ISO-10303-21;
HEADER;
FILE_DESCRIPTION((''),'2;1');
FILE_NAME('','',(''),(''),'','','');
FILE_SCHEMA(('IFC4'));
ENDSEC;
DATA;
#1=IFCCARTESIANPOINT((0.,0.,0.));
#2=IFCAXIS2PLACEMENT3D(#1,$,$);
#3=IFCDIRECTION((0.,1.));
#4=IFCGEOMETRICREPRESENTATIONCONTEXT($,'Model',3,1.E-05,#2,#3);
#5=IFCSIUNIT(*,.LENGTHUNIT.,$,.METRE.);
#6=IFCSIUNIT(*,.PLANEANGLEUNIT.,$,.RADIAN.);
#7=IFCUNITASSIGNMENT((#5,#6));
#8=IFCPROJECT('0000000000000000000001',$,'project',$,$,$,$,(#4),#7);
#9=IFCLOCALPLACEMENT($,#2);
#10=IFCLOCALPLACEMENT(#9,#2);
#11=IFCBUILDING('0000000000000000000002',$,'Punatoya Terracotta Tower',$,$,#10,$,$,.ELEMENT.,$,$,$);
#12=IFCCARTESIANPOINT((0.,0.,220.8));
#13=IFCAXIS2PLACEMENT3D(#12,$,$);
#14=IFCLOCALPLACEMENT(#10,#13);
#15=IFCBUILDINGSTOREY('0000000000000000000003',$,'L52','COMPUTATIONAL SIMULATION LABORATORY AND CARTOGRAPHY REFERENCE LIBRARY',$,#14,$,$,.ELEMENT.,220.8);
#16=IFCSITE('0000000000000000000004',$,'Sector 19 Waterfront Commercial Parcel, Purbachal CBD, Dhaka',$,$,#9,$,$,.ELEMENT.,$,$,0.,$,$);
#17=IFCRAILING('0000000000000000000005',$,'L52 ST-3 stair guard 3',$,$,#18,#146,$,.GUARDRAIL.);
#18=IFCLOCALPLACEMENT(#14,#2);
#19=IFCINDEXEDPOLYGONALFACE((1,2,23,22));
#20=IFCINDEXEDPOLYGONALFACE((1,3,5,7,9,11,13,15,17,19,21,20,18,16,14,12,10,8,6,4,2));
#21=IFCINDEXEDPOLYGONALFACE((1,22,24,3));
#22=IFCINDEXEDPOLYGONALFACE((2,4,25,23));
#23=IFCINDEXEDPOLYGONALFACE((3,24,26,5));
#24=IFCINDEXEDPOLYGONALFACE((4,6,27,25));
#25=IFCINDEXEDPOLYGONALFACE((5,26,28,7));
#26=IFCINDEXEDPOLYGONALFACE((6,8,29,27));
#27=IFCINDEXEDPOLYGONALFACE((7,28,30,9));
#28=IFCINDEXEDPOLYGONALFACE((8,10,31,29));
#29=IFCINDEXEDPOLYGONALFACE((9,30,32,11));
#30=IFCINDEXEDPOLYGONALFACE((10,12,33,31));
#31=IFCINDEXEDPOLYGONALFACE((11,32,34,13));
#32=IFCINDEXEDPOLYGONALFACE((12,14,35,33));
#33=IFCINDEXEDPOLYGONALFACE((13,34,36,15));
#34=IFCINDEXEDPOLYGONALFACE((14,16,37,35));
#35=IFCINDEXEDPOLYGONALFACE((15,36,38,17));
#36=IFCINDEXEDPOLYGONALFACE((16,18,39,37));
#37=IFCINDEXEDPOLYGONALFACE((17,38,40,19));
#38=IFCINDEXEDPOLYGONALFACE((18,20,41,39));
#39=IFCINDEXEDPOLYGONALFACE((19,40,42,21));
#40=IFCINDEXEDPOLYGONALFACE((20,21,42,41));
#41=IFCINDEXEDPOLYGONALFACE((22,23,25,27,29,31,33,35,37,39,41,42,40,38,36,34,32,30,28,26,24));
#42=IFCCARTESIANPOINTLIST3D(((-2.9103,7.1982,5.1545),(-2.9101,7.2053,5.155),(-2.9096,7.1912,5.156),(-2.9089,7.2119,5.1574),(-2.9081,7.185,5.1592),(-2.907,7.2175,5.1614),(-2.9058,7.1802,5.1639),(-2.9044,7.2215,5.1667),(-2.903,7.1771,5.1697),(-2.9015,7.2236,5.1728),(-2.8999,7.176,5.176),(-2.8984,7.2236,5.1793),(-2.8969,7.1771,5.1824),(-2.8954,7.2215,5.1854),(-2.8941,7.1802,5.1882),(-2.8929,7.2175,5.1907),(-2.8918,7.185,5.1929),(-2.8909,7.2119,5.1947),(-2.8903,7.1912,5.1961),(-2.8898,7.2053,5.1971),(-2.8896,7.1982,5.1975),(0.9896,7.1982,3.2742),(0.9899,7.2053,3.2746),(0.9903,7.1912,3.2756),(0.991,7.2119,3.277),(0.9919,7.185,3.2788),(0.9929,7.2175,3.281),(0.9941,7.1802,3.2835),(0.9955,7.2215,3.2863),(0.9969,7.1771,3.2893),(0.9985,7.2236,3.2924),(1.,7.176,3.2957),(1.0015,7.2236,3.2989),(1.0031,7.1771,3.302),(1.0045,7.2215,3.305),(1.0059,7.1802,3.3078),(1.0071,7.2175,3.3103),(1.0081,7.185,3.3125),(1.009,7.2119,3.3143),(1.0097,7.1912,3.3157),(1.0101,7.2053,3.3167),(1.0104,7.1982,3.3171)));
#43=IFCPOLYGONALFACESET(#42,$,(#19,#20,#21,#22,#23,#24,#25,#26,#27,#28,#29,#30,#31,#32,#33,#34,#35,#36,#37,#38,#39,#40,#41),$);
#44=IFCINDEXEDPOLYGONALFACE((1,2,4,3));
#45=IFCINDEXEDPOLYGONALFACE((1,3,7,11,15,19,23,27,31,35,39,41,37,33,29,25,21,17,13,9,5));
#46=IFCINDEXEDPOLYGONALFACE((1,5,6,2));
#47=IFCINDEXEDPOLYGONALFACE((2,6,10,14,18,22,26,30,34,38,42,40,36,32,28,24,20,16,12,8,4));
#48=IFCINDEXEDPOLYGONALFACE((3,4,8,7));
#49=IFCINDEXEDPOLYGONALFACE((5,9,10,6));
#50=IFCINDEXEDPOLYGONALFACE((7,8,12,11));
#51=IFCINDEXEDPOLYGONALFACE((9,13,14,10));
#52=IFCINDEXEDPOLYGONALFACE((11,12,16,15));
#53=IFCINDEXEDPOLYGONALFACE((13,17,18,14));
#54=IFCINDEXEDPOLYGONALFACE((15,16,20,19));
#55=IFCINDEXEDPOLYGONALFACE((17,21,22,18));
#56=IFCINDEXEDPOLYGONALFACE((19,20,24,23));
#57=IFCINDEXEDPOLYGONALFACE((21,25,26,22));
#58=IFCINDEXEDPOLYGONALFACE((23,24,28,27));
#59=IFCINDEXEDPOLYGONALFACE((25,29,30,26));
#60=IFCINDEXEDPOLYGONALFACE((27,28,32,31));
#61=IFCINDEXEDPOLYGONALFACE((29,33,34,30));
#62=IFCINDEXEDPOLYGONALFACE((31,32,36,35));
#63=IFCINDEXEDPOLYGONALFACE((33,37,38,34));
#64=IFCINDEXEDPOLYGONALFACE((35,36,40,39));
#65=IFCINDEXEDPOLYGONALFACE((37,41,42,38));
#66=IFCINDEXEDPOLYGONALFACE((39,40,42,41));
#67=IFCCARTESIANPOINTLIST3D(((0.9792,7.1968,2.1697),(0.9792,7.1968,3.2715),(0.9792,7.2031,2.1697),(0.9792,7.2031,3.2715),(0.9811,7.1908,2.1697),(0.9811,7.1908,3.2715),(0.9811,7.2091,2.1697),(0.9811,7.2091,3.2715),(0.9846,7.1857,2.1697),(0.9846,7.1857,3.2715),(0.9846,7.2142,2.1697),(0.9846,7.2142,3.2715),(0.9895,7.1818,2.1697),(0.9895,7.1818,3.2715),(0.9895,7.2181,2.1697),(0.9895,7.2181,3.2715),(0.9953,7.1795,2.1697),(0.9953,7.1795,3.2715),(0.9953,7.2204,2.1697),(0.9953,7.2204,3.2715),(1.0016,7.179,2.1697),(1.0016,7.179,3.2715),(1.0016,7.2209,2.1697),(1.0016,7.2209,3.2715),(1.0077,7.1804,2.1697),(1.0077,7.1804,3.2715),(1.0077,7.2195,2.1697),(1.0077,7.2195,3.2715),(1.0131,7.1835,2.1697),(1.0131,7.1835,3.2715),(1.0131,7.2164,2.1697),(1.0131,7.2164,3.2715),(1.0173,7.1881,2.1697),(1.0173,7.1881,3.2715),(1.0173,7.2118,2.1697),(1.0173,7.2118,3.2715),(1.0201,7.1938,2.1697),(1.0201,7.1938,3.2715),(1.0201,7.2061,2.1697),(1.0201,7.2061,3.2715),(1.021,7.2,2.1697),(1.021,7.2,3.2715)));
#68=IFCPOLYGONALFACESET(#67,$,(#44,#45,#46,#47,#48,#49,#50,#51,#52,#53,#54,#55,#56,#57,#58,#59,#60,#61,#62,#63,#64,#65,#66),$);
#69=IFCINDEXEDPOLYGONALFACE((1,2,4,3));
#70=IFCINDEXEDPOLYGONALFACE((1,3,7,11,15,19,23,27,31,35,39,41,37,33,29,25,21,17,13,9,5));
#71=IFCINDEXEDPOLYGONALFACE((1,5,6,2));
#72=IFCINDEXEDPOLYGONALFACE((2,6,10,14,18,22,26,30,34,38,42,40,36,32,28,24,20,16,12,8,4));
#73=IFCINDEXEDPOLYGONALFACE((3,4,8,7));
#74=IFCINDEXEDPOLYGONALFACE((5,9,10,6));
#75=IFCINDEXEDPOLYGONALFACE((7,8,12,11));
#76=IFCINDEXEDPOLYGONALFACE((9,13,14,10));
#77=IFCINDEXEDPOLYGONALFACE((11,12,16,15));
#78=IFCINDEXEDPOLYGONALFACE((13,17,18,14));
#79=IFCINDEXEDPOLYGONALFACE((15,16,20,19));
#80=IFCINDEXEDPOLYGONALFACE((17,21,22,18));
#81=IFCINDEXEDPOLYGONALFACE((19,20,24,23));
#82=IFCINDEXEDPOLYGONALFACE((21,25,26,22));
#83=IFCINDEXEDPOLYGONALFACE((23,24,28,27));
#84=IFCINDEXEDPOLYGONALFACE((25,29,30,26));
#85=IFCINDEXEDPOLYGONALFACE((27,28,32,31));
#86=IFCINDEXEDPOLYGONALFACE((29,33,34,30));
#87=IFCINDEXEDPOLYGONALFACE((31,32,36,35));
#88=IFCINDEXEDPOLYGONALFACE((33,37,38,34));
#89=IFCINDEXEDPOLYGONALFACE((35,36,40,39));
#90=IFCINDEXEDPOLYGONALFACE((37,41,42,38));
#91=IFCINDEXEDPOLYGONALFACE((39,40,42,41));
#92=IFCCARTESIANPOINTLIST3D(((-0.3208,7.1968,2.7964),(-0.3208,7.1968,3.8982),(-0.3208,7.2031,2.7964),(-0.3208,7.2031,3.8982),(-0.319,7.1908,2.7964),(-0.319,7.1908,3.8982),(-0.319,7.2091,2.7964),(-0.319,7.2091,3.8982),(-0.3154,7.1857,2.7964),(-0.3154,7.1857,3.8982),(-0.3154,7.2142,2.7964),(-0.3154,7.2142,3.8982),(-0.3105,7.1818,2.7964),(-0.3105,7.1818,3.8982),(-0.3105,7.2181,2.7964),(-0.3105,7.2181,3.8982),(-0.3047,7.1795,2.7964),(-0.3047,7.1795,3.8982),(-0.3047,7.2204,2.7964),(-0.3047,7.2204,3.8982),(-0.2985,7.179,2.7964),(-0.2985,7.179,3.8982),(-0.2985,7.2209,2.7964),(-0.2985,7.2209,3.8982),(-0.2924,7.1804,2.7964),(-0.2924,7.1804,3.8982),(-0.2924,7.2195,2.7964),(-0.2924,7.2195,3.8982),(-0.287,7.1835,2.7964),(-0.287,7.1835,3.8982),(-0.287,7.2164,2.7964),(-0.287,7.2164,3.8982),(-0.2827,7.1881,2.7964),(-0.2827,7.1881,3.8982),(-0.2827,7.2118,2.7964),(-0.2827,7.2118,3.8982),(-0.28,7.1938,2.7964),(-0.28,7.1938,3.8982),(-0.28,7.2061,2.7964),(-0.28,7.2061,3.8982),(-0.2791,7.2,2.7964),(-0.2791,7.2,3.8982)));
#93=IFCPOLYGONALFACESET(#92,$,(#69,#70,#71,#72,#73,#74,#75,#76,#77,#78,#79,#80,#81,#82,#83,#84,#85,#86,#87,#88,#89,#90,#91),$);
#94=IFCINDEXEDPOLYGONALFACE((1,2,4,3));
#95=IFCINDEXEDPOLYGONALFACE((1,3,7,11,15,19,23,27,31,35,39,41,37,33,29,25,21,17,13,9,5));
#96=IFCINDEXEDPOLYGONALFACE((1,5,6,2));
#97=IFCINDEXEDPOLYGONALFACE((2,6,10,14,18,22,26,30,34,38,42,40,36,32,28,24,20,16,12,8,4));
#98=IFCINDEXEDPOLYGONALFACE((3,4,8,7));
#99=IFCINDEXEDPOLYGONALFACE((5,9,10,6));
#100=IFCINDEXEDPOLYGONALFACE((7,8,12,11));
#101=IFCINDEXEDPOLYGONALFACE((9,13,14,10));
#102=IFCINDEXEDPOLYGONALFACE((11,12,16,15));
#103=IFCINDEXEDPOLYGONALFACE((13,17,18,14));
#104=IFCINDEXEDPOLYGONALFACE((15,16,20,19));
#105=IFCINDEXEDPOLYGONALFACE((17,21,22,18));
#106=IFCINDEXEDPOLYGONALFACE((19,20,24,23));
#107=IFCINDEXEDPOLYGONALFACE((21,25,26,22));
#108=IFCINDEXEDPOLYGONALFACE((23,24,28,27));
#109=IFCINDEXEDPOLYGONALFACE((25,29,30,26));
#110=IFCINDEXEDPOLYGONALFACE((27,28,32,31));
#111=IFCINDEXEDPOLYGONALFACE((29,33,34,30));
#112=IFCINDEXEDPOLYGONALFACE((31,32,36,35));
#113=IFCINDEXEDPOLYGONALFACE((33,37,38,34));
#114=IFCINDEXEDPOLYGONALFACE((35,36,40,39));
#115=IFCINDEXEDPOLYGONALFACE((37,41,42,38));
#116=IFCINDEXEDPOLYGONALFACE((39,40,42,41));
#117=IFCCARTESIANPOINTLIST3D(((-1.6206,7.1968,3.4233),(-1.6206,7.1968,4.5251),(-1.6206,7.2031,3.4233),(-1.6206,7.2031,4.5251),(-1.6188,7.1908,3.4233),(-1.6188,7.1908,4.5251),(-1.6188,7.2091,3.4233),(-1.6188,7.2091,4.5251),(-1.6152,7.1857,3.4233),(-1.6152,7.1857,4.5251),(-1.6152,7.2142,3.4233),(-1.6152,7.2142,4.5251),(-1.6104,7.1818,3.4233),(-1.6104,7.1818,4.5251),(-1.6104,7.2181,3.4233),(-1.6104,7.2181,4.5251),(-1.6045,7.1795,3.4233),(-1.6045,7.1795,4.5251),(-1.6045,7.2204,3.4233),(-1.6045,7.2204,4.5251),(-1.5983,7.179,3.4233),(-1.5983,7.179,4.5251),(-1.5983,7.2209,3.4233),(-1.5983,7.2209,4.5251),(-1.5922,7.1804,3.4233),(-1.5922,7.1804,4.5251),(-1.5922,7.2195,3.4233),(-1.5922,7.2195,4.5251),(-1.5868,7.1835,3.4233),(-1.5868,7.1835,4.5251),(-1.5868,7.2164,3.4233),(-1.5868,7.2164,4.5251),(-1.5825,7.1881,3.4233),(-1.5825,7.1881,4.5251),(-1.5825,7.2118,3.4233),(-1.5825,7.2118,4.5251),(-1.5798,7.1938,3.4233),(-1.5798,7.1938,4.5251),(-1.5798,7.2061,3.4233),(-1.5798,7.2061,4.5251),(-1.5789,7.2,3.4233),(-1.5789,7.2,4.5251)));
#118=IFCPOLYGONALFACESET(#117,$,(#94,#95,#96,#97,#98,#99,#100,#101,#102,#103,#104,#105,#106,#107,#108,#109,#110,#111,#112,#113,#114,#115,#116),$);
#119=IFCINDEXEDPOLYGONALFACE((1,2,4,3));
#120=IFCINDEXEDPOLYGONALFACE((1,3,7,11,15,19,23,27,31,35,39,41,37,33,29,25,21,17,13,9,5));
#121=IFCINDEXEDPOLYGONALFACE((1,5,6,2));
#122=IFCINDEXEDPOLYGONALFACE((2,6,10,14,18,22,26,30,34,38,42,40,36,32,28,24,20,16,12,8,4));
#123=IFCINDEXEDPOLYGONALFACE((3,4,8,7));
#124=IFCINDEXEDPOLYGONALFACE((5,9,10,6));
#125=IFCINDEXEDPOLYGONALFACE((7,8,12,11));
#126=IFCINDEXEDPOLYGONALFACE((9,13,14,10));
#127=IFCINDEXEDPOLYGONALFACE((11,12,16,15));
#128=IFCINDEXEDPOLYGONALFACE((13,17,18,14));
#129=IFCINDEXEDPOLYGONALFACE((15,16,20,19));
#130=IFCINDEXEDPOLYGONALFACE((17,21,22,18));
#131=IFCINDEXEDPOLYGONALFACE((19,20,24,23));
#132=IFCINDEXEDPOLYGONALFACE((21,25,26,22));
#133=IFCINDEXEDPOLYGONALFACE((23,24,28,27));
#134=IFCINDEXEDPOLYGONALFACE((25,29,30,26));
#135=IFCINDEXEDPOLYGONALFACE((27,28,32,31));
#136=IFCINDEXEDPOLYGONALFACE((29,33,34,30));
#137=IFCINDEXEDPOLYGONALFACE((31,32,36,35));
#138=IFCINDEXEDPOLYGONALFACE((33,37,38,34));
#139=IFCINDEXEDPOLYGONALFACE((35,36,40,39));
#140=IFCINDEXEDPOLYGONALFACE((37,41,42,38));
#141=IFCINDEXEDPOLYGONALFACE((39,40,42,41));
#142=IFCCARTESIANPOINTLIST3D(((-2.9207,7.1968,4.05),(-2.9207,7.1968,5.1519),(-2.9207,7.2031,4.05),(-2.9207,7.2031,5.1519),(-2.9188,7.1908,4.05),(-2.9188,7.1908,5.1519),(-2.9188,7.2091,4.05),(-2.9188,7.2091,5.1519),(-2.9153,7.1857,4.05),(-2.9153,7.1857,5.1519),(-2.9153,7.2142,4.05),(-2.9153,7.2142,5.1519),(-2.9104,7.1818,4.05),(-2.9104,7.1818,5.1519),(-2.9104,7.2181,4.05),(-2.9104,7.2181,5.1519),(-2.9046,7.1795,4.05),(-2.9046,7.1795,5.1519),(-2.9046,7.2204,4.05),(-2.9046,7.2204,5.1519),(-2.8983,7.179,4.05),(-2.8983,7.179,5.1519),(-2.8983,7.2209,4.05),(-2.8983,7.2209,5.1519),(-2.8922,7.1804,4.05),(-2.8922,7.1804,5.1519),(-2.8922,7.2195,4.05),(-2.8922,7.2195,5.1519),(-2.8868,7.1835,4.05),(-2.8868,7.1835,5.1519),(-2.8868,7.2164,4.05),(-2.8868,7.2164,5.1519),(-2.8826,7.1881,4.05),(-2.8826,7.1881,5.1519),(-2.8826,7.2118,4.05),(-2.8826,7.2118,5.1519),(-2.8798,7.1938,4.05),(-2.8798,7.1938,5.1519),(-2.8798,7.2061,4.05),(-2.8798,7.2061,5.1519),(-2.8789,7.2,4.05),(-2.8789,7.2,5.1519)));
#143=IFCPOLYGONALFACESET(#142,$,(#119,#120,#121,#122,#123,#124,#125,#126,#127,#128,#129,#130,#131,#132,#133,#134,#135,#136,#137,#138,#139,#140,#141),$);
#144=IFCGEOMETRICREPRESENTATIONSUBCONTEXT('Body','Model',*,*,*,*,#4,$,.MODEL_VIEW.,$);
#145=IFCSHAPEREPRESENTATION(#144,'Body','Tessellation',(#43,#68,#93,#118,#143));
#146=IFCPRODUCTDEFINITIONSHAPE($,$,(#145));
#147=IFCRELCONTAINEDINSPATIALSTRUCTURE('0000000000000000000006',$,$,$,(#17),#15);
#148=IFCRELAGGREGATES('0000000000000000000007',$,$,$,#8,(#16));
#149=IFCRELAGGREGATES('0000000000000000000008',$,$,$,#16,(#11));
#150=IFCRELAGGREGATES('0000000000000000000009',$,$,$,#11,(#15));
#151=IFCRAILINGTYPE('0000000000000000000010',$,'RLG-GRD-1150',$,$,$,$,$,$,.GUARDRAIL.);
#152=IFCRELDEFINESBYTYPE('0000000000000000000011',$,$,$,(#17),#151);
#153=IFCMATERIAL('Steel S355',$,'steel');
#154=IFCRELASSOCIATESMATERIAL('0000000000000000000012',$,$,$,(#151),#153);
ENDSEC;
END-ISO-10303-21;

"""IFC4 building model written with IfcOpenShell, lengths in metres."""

from ifc_helpers import new_model, si_unit, direction, frame, origin, origin_2d, place, context, subcontext, project, spatial, circle, extrude, material, type_object, element, save


model = new_model("IFC4")

# Units and contexts
model_context = context("Model", 3, precision=1e-05, world=origin(), true_north=direction((0.0, 1.0)))
body_context = subcontext(model_context, "Body", "Model", "MODEL_VIEW")
ifc_project = project(units=[si_unit("LENGTHUNIT", "METRE"), si_unit("PLANEANGLEUNIT", "RADIAN")], contexts=[model_context])

# Site, building, storey
site_placement = place(None, origin())
site = spatial("IfcSite", under=ifc_project, at=site_placement, Name="Sector 19 Waterfront Commercial Parcel, Purbachal CBD, Dhaka", CompositionType="ELEMENT", RefElevation=0.0)
building_placement = place(site_placement, origin())
building = spatial("IfcBuilding", under=site, at=building_placement, Name="Punatoya Terracotta Tower", CompositionType="ELEMENT")
storey_placement = place(building_placement, frame((0.0, 0.0, 220.8)))
storey = spatial("IfcBuildingStorey", under=building, at=storey_placement, Name="L52", Description="COMPUTATIONAL SIMULATION LABORATORY AND CARTOGRAPHY REFERENCE LIBRARY", CompositionType="ELEMENT", Elevation=220.8)

# Shared definitions
ifc_material_1 = material(Name="Steel S355", Category="steel")

# Railing
railing_type_1 = type_object("IfcRailingType", Name="RLG-GRD-1150", PredefinedType="GUARDRAIL", material=ifc_material_1)
railing_1_placement = place(storey_placement, frame((1.0, 7.2, 2.1697)))
element("IfcRailing", 1, at=railing_1_placement, inside=storey, type_object=railing_type_1, Name="L52 ST-3 stair guard 3", PredefinedType="GUARDRAIL", context=body_context, shape_type="SweptSolid", body=[
    extrude(circle(Radius=0.0239, at=origin_2d()), frame((0.0, 0.0, 1.126), z_axis=(-0.900763, 0.0, 0.434311), x_axis=(0.0, -1.0, 0.0)), (0.0, 0.0, 1.0), 4.3296),
    extrude(circle(Radius=0.021, at=origin_2d()), origin(), (0.0, 0.0, 1.0), 1.1018),
    extrude(circle(Radius=0.021, at=origin_2d()), frame((-1.3, 0.0, 0.6267)), (0.0, 0.0, 1.0), 1.1018),
    extrude(circle(Radius=0.021, at=origin_2d()), frame((-2.5999, 0.0, 1.2537)), (0.0, 0.0, 1.0), 1.1018),
    extrude(circle(Radius=0.021, at=origin_2d()), frame((-3.8999, 0.0, 1.8804)), (0.0, 0.0, 1.0), 1.1018),
])

save(model, "model.ifc")
